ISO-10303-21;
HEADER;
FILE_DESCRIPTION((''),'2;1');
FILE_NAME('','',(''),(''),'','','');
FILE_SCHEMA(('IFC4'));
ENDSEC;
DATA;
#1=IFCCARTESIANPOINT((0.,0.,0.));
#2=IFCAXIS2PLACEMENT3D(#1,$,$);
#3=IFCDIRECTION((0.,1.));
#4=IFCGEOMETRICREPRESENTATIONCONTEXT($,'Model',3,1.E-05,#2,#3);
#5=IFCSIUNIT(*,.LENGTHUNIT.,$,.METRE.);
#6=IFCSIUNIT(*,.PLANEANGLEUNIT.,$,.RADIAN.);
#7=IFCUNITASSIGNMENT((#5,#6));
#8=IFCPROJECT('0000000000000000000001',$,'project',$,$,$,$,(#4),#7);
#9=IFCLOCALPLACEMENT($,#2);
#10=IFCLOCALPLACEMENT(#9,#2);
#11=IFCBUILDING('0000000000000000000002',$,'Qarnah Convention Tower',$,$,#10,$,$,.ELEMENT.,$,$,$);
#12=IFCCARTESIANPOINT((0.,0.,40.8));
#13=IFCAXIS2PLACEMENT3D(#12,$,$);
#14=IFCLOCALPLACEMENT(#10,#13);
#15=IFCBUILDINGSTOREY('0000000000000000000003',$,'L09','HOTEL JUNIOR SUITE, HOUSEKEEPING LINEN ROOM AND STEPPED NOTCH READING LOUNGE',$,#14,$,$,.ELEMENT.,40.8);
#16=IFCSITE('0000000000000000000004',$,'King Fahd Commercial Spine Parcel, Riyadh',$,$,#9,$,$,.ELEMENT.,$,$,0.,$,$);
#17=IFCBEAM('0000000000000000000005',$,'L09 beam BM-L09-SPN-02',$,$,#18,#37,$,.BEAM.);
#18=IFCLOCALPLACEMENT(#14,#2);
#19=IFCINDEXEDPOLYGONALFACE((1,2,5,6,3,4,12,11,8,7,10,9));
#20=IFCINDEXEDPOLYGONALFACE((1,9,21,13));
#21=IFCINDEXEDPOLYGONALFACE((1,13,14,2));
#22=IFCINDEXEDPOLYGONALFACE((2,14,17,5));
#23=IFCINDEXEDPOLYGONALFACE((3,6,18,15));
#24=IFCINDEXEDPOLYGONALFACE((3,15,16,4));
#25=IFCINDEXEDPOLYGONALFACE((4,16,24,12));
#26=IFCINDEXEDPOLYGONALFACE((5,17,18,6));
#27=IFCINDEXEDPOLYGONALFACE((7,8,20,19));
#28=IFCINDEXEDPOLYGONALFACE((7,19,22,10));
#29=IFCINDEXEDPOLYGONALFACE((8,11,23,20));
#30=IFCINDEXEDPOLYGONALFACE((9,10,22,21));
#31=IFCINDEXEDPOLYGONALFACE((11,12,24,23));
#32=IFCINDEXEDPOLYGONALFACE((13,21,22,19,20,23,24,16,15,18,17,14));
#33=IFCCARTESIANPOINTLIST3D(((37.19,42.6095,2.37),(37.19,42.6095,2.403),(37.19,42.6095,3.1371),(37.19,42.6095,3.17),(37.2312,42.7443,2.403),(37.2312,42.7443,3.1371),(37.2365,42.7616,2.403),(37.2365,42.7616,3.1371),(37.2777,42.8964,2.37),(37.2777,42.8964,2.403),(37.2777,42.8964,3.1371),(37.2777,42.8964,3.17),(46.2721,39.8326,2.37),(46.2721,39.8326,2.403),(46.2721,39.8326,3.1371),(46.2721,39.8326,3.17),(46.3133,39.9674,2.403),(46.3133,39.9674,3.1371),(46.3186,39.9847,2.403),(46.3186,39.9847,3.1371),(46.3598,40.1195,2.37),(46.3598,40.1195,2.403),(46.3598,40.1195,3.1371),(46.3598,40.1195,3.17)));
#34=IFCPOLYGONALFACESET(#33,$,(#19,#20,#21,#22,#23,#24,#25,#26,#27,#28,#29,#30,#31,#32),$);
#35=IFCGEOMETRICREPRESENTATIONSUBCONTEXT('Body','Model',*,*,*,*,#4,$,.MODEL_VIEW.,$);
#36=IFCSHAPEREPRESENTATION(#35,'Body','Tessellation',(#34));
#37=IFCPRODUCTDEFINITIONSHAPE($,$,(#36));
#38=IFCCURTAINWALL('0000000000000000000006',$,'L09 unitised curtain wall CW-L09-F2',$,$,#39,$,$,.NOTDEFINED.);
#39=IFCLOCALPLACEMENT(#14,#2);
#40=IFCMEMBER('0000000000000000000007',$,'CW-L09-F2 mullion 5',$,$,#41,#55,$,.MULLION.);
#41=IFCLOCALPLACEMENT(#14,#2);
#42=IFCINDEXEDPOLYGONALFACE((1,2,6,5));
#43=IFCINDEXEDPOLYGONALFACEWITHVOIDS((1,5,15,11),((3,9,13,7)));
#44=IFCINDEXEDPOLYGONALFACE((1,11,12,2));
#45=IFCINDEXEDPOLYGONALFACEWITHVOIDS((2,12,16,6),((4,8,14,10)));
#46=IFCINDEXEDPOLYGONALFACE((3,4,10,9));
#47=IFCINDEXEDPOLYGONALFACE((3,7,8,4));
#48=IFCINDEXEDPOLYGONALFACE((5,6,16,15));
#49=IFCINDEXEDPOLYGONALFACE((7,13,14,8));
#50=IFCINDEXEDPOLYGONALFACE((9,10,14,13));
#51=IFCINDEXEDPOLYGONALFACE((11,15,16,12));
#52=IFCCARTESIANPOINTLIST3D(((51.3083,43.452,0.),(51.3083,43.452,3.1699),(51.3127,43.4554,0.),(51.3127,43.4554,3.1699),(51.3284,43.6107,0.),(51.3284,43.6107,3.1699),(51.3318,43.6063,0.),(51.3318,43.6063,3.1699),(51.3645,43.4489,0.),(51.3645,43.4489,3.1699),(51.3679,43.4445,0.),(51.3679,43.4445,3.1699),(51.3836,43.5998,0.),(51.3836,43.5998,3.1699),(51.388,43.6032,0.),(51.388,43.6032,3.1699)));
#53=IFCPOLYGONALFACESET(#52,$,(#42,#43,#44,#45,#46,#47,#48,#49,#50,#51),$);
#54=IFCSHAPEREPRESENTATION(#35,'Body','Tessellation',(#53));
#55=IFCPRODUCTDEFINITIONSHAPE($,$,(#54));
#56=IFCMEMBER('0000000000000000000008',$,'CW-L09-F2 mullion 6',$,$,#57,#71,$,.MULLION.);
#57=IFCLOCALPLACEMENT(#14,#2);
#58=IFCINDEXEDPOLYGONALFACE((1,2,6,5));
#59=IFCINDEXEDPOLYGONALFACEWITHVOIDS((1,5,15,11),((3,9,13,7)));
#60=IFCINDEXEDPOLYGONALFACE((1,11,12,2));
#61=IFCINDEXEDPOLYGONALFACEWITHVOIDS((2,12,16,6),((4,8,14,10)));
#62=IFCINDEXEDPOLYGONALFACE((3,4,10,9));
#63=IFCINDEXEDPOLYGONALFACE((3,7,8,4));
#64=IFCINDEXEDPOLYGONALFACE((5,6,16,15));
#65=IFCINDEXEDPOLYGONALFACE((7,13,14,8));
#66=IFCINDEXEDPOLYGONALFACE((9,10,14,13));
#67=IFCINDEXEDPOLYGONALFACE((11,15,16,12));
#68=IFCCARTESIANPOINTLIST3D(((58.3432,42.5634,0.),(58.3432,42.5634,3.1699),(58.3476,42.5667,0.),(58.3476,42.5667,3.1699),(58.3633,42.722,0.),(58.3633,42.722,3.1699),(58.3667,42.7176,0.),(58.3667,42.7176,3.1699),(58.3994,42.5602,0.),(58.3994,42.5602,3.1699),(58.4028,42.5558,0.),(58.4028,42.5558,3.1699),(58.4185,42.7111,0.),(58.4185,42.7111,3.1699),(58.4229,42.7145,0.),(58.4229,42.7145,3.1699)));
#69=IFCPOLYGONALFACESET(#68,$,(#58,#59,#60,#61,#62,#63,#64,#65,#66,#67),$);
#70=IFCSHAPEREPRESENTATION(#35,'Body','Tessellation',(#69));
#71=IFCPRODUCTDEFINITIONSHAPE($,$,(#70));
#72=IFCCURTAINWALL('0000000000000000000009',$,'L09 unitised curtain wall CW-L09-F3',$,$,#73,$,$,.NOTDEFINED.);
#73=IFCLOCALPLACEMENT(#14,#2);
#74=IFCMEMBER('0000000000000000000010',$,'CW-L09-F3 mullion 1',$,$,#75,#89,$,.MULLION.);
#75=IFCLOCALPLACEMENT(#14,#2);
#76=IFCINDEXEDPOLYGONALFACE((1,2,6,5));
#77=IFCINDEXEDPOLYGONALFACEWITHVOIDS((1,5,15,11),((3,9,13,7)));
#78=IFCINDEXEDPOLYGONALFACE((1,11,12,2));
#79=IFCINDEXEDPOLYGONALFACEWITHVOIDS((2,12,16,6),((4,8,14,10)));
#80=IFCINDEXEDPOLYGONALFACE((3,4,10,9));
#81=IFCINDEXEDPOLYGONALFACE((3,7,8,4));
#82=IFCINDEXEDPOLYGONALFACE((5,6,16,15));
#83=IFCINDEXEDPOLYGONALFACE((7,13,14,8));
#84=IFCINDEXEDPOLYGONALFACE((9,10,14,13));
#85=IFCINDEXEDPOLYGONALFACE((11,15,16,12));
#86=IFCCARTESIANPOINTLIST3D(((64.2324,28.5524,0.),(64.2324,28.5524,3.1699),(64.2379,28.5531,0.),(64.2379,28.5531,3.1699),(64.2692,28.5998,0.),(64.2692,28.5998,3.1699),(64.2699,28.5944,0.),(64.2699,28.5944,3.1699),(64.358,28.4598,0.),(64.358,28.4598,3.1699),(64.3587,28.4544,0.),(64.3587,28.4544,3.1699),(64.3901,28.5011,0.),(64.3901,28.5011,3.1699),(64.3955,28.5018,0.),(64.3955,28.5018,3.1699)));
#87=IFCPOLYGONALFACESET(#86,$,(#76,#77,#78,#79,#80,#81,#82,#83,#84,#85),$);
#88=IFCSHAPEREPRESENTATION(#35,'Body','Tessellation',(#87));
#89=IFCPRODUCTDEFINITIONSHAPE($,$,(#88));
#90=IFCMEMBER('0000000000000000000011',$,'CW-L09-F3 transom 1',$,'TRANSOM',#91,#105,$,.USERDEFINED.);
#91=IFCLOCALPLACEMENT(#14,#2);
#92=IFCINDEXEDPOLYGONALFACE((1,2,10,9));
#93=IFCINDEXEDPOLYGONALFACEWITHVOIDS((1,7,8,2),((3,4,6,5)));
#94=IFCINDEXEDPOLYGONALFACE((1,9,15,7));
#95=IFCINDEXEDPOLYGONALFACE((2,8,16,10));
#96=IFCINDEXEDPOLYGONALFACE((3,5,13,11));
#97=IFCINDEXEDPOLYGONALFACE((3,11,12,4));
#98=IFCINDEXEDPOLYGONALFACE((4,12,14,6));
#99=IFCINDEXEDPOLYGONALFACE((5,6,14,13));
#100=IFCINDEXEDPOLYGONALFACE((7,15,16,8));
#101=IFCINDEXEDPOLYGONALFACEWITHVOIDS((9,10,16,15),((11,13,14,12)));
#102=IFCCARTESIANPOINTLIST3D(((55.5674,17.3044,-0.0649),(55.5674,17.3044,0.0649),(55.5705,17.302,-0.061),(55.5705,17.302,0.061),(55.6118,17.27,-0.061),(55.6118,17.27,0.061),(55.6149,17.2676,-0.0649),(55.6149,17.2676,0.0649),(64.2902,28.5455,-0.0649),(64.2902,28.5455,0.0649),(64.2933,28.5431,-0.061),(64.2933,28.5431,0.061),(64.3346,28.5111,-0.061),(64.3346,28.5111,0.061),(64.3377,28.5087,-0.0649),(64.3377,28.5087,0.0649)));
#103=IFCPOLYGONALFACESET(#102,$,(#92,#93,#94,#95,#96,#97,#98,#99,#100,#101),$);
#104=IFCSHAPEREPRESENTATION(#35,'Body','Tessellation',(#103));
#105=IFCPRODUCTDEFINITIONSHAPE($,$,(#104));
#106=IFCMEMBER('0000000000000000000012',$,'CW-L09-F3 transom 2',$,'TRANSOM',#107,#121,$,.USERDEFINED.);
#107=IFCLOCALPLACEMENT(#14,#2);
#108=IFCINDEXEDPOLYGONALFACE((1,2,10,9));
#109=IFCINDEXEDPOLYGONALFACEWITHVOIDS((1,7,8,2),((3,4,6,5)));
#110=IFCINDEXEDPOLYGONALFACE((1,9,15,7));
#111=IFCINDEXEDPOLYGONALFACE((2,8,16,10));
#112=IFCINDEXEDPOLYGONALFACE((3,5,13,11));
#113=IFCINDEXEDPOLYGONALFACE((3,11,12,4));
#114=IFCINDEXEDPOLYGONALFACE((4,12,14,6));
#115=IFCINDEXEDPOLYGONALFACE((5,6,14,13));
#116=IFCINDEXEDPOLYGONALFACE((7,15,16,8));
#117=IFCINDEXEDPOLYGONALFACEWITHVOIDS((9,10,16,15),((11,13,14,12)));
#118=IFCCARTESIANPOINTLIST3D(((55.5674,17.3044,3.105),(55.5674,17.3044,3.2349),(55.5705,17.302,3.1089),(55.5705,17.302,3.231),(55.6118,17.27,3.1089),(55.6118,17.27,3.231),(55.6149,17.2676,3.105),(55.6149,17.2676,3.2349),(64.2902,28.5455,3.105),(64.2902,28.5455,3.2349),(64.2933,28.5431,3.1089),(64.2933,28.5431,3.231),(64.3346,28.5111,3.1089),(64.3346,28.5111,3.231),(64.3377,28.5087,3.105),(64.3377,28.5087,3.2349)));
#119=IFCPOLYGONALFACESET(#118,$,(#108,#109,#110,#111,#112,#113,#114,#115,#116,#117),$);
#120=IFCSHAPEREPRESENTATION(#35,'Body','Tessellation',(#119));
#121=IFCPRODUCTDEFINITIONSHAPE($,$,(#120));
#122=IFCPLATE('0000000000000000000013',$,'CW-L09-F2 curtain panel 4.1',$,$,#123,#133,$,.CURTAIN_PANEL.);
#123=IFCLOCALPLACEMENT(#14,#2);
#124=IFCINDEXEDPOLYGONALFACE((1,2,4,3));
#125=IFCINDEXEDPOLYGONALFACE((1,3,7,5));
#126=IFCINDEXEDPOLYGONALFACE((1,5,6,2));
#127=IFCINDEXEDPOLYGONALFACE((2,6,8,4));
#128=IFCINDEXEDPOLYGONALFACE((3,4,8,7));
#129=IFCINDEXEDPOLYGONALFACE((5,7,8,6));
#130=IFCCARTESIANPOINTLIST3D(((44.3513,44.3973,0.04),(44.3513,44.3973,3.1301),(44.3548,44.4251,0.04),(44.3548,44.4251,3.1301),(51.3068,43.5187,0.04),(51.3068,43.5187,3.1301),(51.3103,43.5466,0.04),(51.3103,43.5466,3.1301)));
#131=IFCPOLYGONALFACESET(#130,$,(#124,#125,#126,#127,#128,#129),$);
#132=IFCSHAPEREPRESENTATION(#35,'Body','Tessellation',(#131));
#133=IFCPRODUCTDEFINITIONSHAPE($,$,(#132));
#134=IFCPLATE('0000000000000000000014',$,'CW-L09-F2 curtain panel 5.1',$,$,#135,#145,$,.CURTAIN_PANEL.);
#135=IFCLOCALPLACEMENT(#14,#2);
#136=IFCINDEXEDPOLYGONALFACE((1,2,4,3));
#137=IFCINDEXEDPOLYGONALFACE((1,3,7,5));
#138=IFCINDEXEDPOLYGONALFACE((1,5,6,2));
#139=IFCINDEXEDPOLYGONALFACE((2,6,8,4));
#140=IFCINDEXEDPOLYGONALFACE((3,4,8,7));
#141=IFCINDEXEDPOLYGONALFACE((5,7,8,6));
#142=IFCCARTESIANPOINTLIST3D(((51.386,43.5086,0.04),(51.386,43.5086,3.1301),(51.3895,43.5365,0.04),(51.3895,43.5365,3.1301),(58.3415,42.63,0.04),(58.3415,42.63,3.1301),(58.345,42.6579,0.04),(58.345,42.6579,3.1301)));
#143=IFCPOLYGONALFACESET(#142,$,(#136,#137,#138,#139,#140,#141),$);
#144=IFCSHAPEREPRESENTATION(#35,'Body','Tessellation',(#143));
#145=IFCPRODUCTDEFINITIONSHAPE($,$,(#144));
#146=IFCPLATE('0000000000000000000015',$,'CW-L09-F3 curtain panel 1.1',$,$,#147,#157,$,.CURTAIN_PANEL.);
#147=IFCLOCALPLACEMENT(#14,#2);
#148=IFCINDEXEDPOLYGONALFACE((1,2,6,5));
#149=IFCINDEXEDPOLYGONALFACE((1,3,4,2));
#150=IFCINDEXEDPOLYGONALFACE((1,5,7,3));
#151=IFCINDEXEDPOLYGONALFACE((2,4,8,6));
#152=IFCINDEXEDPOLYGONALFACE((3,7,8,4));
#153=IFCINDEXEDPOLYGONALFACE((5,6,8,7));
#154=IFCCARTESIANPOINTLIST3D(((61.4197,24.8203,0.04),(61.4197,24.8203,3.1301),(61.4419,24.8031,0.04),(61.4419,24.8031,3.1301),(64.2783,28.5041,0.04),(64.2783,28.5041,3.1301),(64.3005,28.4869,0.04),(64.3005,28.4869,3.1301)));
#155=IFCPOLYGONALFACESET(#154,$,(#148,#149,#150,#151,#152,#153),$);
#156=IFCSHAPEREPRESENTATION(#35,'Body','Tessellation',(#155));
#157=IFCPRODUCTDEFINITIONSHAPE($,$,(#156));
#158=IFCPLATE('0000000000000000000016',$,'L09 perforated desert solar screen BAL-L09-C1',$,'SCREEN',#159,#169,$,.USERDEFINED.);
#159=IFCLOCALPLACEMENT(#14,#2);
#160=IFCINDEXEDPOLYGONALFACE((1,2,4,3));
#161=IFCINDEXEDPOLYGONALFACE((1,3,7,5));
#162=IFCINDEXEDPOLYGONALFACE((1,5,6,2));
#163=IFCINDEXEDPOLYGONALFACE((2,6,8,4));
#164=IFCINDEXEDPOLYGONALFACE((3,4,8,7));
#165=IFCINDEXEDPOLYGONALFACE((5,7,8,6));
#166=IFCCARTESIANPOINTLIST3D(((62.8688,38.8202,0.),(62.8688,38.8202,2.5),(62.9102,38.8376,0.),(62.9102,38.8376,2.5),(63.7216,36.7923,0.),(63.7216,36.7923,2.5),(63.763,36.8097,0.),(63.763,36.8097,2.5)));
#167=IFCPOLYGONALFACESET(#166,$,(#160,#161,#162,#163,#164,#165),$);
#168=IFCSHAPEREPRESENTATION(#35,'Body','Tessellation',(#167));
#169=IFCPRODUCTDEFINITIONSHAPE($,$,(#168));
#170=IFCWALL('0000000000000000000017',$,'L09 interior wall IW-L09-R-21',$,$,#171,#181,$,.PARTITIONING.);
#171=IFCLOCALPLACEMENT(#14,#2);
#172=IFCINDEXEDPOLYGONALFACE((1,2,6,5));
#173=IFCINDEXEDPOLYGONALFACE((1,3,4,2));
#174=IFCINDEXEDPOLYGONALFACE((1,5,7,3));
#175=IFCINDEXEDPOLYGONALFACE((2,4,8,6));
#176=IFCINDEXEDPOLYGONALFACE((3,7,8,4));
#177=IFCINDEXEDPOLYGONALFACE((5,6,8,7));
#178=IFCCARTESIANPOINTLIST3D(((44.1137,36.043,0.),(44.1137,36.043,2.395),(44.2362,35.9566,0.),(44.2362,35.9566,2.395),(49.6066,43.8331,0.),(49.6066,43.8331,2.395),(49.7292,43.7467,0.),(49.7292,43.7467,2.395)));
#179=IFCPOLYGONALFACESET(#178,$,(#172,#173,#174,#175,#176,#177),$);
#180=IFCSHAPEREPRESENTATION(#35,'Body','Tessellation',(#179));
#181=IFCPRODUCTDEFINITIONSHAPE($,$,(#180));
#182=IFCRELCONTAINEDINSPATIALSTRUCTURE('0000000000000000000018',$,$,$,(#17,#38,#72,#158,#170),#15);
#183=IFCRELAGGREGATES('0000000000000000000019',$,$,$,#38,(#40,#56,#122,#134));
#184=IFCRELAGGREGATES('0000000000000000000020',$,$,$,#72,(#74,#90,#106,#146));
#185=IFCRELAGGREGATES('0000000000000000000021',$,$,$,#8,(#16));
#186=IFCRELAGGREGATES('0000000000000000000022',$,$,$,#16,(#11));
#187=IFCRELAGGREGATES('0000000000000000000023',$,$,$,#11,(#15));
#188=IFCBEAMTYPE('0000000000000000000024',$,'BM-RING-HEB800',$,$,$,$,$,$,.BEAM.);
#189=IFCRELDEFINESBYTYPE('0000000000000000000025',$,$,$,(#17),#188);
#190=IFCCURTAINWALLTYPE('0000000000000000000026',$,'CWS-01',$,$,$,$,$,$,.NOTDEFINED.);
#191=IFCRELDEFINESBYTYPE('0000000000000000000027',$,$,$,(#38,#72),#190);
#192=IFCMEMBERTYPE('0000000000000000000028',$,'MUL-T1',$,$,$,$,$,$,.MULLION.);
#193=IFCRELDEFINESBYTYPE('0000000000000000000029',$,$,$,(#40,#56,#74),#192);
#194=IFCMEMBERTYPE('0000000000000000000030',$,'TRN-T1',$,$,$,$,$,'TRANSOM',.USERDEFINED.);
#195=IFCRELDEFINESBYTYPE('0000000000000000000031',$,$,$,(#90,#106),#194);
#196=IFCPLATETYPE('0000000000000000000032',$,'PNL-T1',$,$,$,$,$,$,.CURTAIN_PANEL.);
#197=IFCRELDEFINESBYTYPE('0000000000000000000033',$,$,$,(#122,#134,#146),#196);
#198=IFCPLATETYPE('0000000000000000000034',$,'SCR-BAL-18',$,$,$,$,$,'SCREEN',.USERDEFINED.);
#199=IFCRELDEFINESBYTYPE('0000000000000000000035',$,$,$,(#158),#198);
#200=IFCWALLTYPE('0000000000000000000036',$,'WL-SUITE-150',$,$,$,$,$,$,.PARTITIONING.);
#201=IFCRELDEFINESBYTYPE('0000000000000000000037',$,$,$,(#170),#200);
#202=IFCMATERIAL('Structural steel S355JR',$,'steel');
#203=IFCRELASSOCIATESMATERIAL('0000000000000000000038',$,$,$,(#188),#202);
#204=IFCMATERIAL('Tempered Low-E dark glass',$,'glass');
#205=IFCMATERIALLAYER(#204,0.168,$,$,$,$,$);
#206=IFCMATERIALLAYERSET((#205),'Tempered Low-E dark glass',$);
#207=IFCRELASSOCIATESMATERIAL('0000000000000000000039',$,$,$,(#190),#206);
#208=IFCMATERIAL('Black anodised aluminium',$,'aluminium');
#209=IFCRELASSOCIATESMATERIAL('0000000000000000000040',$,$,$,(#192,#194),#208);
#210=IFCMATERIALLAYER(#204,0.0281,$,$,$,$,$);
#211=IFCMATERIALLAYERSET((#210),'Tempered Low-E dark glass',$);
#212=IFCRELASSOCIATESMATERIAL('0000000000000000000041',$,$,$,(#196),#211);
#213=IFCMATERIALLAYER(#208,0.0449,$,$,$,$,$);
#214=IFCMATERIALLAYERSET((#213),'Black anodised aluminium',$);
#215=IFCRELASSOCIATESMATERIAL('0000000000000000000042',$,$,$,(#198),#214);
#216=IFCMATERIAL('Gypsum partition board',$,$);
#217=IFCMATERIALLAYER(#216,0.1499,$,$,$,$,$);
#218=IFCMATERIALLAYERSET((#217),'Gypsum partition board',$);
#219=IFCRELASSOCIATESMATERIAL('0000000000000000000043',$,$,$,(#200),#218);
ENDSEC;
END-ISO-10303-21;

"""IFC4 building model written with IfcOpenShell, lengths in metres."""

from ifc_helpers import new_model, si_unit, direction, frame, frame_2d, origin, origin_2d, place, context, subcontext, project, spatial, rectangle, hollow_rectangle, i_section, extrude, material, layer, layer_set, material_profile, profile_set, type_object, element, aggregate, save


model = new_model("IFC4")

# Units and contexts
model_context = context("Model", 3, precision=1e-05, world=origin(), true_north=direction((0.0, 1.0)))
body_context = subcontext(model_context, "Body", "Model", "MODEL_VIEW")
ifc_project = project(units=[si_unit("LENGTHUNIT", "METRE"), si_unit("PLANEANGLEUNIT", "RADIAN")], contexts=[model_context])

# Site, building, storey
site_placement = place(None, origin())
site = spatial("IfcSite", under=ifc_project, at=site_placement, Name="King Fahd Commercial Spine Parcel, Riyadh", CompositionType="ELEMENT", RefElevation=0.0)
building_placement = place(site_placement, origin())
building = spatial("IfcBuilding", under=site, at=building_placement, Name="Qarnah Convention Tower", CompositionType="ELEMENT")
storey_placement = place(building_placement, frame((0.0, 0.0, 40.8)))
storey = spatial("IfcBuildingStorey", under=building, at=storey_placement, Name="L09", Description="HOTEL JUNIOR SUITE, HOUSEKEEPING LINEN ROOM AND STEPPED NOTCH READING LOUNGE", CompositionType="ELEMENT", Elevation=40.8)

# Beam
ifc_material_1 = material(Name="Structural steel S355JR", Category="steel")
ifc_material_profile_1 = material_profile(ifc_material_1, i_section(OverallWidth=0.3, OverallDepth=0.8, WebThickness=0.0181, FlangeThickness=0.033, at=origin_2d()), Name="HEB800")
ifc_profile_set_1 = profile_set([ifc_material_profile_1], Name="Structural steel S355JR")
beam_type_1 = type_object("IfcBeamType", Name="BM-RING-HEB800", PredefinedType="BEAM", material=ifc_profile_set_1)
beam_1_placement = place(storey_placement, frame((46.3159, 39.9761, 2.77), z_axis=(-0.956299, 0.292391, 0.0), x_axis=(-0.292391, -0.956299, 0.0)))
element("IfcBeam", 1, at=beam_1_placement, inside=storey, type_object=beam_type_1, Name="L09 beam BM-L09-SPN-02", PredefinedType="BEAM", context=body_context, shape_type="SweptSolid", body=[
    extrude(i_section(OverallWidth=0.3, OverallDepth=0.8, WebThickness=0.0181, FlangeThickness=0.033, at=origin_2d()), origin(), (0.0, 0.0, 1.0), 9.4971),
])

# Curtain walls, members
ifc_material_2 = material(Name="Tempered Low-E dark glass", Category="glass")
ifc_layer_1 = layer(ifc_material_2, 0.168)
ifc_layer_set_1 = layer_set([ifc_layer_1], Name="Tempered Low-E dark glass")
curtain_wall_type = type_object("IfcCurtainWallType", Name="CWS-01", PredefinedType="NOTDEFINED", material=ifc_layer_set_1)
curtain_wall_1_placement = place(storey_placement, origin())
curtain_wall_1 = element("IfcCurtainWall", 2, at=curtain_wall_1_placement, inside=storey, type_object=curtain_wall_type, Name="L09 unitised curtain wall CW-L09-F2", PredefinedType="NOTDEFINED")
ifc_material_3 = material(Name="Black anodised aluminium", Category="aluminium")
ifc_material_profile_2 = material_profile(ifc_material_3, hollow_rectangle(XDim=0.0601, YDim=0.1599, WallThickness=0.0039, at=origin_2d()), Name="MUL-60X160")
ifc_profile_set_2 = profile_set([ifc_material_profile_2], Name="Black anodised aluminium")
member_type_1 = type_object("IfcMemberType", Name="MUL-T1", PredefinedType="MULLION", material=ifc_profile_set_2)
member_1_placement = place(storey_placement, frame((51.3481, 43.5276, 0.0), z_axis=(0.0, 0.0, 1.0), x_axis=(0.992116, -0.125319, 0.0)))
member_1 = element("IfcMember", 3, at=member_1_placement, type_object=member_type_1, Name="CW-L09-F2 mullion 5", PredefinedType="MULLION", context=body_context, shape_type="SweptSolid", body=[
    extrude(hollow_rectangle(XDim=0.0601, YDim=0.1599, WallThickness=0.0039, at=origin_2d()), origin(), (0.0, 0.0, 1.0), 3.1699),
])
member_2_placement = place(storey_placement, frame((58.3831, 42.6389, 0.0), z_axis=(0.0, 0.0, 1.0), x_axis=(0.992116, -0.125319, 0.0)))
member_2 = element("IfcMember", 4, at=member_2_placement, type_object=member_type_1, Name="CW-L09-F2 mullion 6", PredefinedType="MULLION", context=body_context, shape_type="SweptSolid", body=[
    extrude(hollow_rectangle(XDim=0.0601, YDim=0.1599, WallThickness=0.0039, at=origin_2d()), origin(), (0.0, 0.0, 1.0), 3.1699),
])
curtain_wall_2_placement = place(storey_placement, origin())
curtain_wall_2 = element("IfcCurtainWall", 5, at=curtain_wall_2_placement, inside=storey, type_object=curtain_wall_type, Name="L09 unitised curtain wall CW-L09-F3", PredefinedType="NOTDEFINED")
member_3_placement = place(storey_placement, frame((64.314, 28.5271, 0.0), z_axis=(0.0, 0.0, 1.0), x_axis=(-0.613064, -0.790033, 0.0)))
member_3 = element("IfcMember", 6, at=member_3_placement, type_object=member_type_1, Name="CW-L09-F3 mullion 1", PredefinedType="MULLION", context=body_context, shape_type="SweptSolid", body=[
    extrude(hollow_rectangle(XDim=0.0601, YDim=0.1599, WallThickness=0.0039, at=origin_2d()), origin(), (0.0, 0.0, 1.0), 3.1699),
])
ifc_material_profile_3 = material_profile(ifc_material_3, hollow_rectangle(XDim=0.0601, YDim=0.1299, WallThickness=0.0039, at=origin_2d()), Name="TRN-60X130")
ifc_profile_set_3 = profile_set([ifc_material_profile_3], Name="Black anodised aluminium")
member_type_2 = type_object("IfcMemberType", Name="TRN-T1", ElementType="TRANSOM", PredefinedType="USERDEFINED", material=ifc_profile_set_3)
member_4_placement = place(storey_placement, frame((64.314, 28.5271, 0.0), z_axis=(-0.613053, -0.790042, 0.0), x_axis=(0.790042, -0.613053, 0.0)))
member_4 = element("IfcMember", 7, at=member_4_placement, type_object=member_type_2, Name="CW-L09-F3 transom 1", ObjectType="TRANSOM", PredefinedType="USERDEFINED", context=body_context, shape_type="SweptSolid", body=[
    extrude(hollow_rectangle(XDim=0.0601, YDim=0.1299, WallThickness=0.0039, at=origin_2d()), origin(), (0.0, 0.0, 1.0), 14.2285),
])
member_5_placement = place(storey_placement, frame((64.314, 28.5271, 3.1699), z_axis=(-0.613053, -0.790042, 0.0), x_axis=(0.790042, -0.613053, 0.0)))
member_5 = element("IfcMember", 8, at=member_5_placement, type_object=member_type_2, Name="CW-L09-F3 transom 2", ObjectType="TRANSOM", PredefinedType="USERDEFINED", context=body_context, shape_type="SweptSolid", body=[
    extrude(hollow_rectangle(XDim=0.0601, YDim=0.1299, WallThickness=0.0039, at=origin_2d()), origin(), (0.0, 0.0, 1.0), 14.2285),
])

# Plates
ifc_layer_2 = layer(ifc_material_2, 0.0281)
ifc_layer_set_2 = layer_set([ifc_layer_2], Name="Tempered Low-E dark glass")
plate_type_1 = type_object("IfcPlateType", Name="PNL-T1", PredefinedType="CURTAIN_PANEL", material=ifc_layer_set_2)
plate_1_placement = place(storey_placement, frame((47.8308, 43.9719, 0.04), z_axis=(0.0, 0.0, 1.0), x_axis=(0.992116, -0.125319, 0.0)))
plate_1 = element("IfcPlate", 9, at=plate_1_placement, type_object=plate_type_1, Name="CW-L09-F2 curtain panel 4.1", PredefinedType="CURTAIN_PANEL", context=body_context, shape_type="SweptSolid", body=[
    extrude(rectangle(XDim=7.0107, YDim=0.0281, at=origin_2d()), origin(), (0.0, 0.0, 1.0), 3.0901),
])
plate_2_placement = place(storey_placement, frame((54.8655, 43.0833, 0.04), z_axis=(0.0, 0.0, 1.0), x_axis=(0.992116, -0.125319, 0.0)))
plate_2 = element("IfcPlate", 10, at=plate_2_placement, type_object=plate_type_1, Name="CW-L09-F2 curtain panel 5.1", PredefinedType="CURTAIN_PANEL", context=body_context, shape_type="SweptSolid", body=[
    extrude(rectangle(XDim=7.0107, YDim=0.0281, at=origin_2d()), origin(), (0.0, 0.0, 1.0), 3.0901),
])
aggregate(curtain_wall_1, [member_1, member_2, plate_1, plate_2])
plate_3_placement = place(storey_placement, frame((62.8601, 26.6536, 0.04), z_axis=(0.0, 0.0, 1.0), x_axis=(-0.613064, -0.790033, 0.0)))
plate_3 = element("IfcPlate", 11, at=plate_3_placement, type_object=plate_type_1, Name="CW-L09-F3 curtain panel 1.1", PredefinedType="CURTAIN_PANEL", context=body_context, shape_type="SweptSolid", body=[
    extrude(rectangle(XDim=4.6628, YDim=0.0281, at=origin_2d()), origin(), (0.0, 0.0, 1.0), 3.0901),
])
aggregate(curtain_wall_2, [member_3, member_4, member_5, plate_3])
ifc_layer_3 = layer(ifc_material_3, 0.0449)
ifc_layer_set_3 = layer_set([ifc_layer_3], Name="Black anodised aluminium")
plate_type_2 = type_object("IfcPlateType", Name="SCR-BAL-18", ElementType="SCREEN", PredefinedType="USERDEFINED", material=ifc_layer_set_3)
plate_4_placement = place(storey_placement, frame((63.3159, 37.8149, 0.0), z_axis=(0.0, 0.0, 1.0), x_axis=(0.387639, -0.921811, 0.0)))
element("IfcPlate", 12, at=plate_4_placement, inside=storey, type_object=plate_type_2, Name="L09 perforated desert solar screen BAL-L09-C1", ObjectType="SCREEN", PredefinedType="USERDEFINED", context=body_context, shape_type="SweptSolid", body=[
    extrude(rectangle(XDim=2.2, YDim=0.0449, at=origin_2d()), origin(), (0.0, 0.0, 1.0), 2.5),
])

# Wall
ifc_material_4 = material(Name="Gypsum partition board")
ifc_layer_4 = layer(ifc_material_4, 0.1499)
ifc_layer_set_4 = layer_set([ifc_layer_4], Name="Gypsum partition board")
wall_type_1 = type_object("IfcWallType", Name="WL-SUITE-150", PredefinedType="PARTITIONING", material=ifc_layer_set_4)
wall_1_placement = place(storey_placement, frame((49.668, 43.79, 0.0), z_axis=(0.0, 0.0, 1.0), x_axis=(-0.576268, -0.817261, 0.0)))
element("IfcWall", 13, at=wall_1_placement, inside=storey, type_object=wall_type_1, Name="L09 interior wall IW-L09-R-21", PredefinedType="PARTITIONING", context=body_context, shape_type="SweptSolid", body=[
    extrude(rectangle(XDim=9.532, YDim=0.1499, at=frame_2d((4.7661, 0.0))), origin(), (0.0, 0.0, 1.0), 2.395),
])

save(model, "model.ifc")
